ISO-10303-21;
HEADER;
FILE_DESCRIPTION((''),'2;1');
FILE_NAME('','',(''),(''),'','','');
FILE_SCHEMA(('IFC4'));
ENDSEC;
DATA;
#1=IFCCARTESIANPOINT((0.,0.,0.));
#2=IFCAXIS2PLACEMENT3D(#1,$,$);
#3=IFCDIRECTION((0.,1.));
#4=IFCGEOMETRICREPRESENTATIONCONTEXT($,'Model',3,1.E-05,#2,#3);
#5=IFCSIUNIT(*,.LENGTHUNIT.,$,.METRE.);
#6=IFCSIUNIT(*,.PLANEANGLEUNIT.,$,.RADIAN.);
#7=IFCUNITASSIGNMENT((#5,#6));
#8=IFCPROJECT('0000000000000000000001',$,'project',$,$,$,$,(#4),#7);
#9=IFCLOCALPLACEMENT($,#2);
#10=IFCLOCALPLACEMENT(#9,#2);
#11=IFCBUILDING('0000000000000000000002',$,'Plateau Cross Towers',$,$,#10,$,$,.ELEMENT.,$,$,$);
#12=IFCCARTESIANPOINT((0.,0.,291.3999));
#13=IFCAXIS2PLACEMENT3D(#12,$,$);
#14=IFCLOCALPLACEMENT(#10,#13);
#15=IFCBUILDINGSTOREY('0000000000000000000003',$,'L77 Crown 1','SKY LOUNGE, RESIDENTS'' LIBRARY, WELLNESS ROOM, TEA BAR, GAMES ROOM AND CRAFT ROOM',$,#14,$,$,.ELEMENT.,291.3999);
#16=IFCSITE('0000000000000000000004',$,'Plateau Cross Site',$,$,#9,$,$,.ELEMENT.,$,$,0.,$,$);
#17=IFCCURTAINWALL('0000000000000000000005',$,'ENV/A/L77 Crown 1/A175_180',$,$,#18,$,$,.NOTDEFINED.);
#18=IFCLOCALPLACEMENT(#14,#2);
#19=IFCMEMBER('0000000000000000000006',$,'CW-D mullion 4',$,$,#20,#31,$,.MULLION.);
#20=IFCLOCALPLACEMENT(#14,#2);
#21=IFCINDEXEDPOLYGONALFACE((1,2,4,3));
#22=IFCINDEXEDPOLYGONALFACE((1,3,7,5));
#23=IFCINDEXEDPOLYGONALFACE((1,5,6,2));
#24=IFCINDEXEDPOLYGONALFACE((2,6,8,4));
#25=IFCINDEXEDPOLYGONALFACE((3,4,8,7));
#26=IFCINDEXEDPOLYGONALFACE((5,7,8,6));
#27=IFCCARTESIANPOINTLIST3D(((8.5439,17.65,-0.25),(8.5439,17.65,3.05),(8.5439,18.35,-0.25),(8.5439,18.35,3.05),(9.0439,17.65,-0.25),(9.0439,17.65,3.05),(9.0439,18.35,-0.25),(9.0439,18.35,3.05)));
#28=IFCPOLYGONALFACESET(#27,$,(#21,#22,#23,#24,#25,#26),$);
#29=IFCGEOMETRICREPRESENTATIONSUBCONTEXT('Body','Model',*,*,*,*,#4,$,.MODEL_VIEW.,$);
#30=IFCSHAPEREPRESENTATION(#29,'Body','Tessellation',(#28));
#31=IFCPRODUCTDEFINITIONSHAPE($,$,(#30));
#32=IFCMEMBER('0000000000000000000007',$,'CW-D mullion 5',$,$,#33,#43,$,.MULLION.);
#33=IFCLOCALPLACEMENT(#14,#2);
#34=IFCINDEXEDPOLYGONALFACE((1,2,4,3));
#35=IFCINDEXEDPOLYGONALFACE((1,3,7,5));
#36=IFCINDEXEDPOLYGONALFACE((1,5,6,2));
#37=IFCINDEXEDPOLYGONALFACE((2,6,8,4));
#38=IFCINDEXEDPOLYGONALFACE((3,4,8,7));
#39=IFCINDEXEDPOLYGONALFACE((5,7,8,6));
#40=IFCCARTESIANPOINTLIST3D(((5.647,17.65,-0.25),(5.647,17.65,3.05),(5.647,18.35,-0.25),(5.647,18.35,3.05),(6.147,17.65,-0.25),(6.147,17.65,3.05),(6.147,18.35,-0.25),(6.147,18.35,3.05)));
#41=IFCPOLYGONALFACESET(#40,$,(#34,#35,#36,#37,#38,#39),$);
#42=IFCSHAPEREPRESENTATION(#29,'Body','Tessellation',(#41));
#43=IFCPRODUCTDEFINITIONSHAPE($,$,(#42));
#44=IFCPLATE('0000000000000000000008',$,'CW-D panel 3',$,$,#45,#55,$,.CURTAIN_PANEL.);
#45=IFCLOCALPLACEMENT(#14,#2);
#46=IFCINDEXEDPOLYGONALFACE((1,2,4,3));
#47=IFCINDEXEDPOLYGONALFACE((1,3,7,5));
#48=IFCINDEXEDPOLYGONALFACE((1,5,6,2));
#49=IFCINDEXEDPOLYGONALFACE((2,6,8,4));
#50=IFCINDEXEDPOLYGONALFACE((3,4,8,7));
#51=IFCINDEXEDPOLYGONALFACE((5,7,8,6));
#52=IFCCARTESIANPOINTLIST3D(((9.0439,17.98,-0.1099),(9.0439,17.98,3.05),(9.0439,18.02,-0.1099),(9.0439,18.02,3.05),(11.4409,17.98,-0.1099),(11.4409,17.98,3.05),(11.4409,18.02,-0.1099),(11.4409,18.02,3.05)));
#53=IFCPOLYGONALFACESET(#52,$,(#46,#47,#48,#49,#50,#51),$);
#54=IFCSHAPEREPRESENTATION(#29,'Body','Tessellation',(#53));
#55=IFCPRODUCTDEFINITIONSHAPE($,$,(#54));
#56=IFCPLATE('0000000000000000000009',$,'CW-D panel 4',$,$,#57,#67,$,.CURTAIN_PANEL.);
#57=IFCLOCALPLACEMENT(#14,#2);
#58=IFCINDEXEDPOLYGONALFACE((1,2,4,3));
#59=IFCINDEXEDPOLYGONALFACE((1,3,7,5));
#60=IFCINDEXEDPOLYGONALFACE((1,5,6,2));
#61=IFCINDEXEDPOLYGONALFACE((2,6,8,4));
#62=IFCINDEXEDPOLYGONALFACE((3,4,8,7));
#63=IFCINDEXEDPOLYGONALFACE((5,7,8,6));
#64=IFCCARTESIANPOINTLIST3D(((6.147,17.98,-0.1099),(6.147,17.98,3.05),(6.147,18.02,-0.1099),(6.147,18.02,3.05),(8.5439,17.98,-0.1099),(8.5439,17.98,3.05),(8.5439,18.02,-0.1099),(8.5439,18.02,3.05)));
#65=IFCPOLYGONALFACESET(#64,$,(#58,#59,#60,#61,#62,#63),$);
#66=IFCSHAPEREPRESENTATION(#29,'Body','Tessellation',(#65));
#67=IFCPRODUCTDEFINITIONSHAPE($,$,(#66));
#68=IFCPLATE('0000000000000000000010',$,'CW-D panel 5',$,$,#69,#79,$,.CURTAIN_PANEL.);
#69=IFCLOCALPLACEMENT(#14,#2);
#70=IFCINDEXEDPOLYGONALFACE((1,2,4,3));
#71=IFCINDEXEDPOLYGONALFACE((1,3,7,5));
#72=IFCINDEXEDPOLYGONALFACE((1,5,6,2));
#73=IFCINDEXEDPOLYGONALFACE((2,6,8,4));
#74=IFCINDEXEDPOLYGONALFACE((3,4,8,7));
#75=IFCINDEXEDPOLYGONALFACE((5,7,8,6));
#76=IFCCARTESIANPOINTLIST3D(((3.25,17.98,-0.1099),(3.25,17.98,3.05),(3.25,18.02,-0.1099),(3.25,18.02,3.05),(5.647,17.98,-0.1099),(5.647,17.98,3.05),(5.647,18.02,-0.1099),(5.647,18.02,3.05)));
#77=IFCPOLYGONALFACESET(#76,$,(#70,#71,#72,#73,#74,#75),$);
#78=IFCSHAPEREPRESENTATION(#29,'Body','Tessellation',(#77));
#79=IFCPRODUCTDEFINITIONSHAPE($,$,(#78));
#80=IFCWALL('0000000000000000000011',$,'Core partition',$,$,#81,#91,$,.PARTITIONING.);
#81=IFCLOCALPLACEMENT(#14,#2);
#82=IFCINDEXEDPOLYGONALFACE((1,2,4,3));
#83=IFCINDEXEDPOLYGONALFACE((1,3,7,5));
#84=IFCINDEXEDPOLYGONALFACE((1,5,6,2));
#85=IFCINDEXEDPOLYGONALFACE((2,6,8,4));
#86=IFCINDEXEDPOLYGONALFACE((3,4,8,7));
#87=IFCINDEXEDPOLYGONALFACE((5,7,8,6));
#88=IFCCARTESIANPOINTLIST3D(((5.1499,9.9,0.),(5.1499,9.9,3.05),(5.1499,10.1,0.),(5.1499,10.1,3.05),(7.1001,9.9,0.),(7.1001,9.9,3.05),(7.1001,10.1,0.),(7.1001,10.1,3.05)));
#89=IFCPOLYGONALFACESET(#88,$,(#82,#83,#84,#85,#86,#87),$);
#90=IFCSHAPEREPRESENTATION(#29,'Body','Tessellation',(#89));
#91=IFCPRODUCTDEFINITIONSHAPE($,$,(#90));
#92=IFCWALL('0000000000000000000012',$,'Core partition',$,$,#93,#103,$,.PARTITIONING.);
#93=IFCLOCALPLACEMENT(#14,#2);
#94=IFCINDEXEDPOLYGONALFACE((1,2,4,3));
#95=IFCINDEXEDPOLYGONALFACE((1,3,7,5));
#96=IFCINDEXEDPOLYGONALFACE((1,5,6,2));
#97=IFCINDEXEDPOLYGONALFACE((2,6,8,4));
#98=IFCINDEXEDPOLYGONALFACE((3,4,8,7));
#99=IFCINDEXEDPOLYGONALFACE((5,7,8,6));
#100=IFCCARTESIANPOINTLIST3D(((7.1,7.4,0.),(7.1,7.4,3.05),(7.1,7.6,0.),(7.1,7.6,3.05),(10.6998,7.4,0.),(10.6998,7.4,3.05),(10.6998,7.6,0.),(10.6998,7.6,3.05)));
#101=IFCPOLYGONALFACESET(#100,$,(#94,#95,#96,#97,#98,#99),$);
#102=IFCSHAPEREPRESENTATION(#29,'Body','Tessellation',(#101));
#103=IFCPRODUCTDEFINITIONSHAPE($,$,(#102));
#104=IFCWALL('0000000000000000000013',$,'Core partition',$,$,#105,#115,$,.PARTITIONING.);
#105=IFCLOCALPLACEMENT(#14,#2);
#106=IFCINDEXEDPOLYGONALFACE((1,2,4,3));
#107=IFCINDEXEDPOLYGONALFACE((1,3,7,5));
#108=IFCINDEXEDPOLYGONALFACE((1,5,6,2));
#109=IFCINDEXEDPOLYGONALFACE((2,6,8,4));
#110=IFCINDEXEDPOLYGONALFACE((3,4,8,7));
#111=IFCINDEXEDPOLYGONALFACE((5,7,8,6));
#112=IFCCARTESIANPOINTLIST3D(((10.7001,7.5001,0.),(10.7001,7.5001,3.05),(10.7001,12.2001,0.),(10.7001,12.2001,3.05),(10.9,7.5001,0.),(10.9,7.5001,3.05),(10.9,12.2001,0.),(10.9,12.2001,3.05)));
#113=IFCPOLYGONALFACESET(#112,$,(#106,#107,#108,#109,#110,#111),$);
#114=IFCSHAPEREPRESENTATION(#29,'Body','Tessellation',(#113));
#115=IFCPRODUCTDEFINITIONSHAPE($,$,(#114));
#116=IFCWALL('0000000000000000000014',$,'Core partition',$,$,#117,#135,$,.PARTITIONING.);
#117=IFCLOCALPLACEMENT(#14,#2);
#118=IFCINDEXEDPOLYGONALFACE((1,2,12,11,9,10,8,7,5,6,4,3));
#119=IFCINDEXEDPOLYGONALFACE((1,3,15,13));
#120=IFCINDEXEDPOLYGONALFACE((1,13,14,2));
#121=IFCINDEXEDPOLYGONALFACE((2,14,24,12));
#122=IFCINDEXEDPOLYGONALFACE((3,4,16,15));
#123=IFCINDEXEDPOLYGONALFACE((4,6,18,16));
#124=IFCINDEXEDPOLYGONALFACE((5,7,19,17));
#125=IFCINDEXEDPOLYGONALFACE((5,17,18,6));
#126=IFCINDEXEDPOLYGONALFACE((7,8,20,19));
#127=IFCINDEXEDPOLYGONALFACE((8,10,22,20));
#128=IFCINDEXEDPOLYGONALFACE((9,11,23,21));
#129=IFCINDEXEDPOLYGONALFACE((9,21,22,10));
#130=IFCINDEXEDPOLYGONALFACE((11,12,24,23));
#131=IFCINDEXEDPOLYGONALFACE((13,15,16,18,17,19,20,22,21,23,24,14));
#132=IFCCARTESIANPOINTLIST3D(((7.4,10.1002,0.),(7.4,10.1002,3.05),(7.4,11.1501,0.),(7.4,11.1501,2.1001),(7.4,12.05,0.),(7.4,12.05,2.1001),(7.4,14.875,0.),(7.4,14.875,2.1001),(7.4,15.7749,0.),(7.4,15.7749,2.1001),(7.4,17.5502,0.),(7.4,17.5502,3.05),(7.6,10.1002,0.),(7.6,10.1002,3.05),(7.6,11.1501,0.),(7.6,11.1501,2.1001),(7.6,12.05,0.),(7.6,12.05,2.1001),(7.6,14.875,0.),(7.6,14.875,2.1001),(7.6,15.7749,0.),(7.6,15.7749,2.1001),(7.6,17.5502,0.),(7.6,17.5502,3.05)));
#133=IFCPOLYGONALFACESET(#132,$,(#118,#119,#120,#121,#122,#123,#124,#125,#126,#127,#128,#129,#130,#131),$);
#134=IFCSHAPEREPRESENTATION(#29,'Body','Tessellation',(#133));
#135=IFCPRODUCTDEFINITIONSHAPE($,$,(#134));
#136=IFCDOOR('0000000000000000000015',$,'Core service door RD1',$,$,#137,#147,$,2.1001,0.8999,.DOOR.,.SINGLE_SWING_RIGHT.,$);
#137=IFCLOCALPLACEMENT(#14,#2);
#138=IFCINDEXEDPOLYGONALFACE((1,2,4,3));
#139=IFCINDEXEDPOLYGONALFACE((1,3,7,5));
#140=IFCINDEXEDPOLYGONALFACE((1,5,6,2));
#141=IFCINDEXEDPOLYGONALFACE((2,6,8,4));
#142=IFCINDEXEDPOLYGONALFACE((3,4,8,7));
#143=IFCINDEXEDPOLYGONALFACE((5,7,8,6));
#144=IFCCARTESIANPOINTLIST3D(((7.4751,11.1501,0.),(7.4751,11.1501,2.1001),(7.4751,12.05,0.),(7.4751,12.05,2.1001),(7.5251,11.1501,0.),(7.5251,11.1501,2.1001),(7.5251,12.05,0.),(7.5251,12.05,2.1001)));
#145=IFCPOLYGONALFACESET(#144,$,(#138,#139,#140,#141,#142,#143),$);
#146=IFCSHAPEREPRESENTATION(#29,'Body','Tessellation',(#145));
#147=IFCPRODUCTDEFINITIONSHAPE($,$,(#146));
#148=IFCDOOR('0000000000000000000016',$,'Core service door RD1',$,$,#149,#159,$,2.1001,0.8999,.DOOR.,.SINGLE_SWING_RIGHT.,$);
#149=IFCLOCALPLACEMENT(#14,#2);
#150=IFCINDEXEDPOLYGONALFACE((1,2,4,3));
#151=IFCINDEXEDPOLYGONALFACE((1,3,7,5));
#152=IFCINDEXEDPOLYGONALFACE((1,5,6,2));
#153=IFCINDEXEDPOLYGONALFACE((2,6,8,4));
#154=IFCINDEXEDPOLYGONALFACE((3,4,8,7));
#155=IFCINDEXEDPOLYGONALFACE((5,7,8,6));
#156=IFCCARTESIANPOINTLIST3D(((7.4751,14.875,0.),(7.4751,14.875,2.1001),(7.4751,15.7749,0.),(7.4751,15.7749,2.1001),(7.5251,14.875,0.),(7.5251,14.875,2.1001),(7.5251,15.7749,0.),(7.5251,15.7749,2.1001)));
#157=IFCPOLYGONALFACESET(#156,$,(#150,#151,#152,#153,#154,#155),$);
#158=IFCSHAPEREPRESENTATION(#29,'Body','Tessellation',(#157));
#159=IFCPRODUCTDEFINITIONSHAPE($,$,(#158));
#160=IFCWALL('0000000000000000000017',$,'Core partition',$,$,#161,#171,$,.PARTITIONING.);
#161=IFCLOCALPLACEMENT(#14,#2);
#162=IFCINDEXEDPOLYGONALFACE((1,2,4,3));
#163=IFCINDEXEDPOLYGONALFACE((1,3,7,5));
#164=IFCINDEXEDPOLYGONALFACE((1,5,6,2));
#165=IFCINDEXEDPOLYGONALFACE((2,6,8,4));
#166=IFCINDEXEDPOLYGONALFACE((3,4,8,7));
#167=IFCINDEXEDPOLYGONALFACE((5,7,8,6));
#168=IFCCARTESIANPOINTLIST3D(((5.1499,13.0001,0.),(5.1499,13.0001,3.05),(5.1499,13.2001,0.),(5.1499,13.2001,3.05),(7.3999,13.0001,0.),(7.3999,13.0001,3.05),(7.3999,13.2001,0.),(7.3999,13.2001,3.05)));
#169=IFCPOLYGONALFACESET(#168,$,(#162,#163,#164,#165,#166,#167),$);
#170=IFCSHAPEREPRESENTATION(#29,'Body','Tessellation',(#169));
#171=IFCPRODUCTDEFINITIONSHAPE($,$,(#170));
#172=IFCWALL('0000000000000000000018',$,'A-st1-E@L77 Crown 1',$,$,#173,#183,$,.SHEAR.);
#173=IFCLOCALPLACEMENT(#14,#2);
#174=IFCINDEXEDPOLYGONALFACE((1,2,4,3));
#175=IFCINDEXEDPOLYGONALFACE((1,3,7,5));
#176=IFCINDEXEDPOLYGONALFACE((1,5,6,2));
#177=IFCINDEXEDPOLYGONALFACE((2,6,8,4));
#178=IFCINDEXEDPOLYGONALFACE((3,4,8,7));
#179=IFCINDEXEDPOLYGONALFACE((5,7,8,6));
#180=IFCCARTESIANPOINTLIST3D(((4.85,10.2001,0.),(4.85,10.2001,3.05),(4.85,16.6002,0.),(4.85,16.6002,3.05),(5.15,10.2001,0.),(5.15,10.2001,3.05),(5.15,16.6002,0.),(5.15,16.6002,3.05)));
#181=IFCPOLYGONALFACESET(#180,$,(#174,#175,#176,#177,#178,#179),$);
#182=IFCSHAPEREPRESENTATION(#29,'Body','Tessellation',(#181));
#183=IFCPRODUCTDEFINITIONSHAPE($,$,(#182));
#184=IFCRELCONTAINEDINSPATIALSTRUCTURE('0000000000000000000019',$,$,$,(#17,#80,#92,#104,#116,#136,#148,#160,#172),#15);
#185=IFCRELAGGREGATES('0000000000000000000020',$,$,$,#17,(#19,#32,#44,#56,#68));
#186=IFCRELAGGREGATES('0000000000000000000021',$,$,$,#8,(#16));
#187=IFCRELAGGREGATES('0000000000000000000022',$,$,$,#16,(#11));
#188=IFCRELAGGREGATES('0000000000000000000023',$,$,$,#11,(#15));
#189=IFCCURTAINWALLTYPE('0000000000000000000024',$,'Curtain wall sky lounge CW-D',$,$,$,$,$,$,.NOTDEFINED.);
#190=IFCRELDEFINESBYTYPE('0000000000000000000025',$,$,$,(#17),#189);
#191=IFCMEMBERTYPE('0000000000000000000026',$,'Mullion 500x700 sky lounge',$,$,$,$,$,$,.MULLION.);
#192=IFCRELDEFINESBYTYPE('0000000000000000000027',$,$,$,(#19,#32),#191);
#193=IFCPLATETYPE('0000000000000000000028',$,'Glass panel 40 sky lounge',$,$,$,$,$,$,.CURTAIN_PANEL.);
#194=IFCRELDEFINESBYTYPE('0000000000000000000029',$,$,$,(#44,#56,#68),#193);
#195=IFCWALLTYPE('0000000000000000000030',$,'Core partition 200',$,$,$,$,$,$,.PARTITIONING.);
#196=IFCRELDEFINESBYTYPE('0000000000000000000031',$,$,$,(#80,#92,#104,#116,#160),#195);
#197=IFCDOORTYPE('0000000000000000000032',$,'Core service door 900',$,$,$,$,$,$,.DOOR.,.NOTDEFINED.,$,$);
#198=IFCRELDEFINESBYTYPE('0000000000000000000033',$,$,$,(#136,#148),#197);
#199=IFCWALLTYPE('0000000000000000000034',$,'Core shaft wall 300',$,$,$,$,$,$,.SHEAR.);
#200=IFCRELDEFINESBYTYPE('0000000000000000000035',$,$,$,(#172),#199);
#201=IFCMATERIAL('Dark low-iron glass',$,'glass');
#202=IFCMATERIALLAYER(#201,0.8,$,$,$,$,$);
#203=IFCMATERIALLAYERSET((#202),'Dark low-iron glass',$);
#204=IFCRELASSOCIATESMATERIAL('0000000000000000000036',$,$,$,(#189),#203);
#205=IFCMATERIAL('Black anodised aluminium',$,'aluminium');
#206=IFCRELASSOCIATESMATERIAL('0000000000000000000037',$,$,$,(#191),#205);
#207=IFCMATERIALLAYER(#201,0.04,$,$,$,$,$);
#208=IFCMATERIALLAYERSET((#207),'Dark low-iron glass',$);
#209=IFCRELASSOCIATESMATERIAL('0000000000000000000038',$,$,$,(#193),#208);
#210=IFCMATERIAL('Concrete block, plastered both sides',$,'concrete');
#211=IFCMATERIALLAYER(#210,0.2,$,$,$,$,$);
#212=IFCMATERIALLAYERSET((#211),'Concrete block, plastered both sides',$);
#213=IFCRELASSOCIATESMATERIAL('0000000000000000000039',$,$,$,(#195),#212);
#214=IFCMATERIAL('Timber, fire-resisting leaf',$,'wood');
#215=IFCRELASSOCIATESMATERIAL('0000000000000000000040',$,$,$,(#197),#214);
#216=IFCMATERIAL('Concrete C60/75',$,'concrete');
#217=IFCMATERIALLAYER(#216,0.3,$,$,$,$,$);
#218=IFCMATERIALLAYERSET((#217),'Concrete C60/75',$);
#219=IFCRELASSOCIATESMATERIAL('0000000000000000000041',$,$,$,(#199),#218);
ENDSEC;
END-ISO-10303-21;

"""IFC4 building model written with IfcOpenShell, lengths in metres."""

from ifc_helpers import new_model, si_unit, direction, frame, frame_2d, origin, origin_2d, place, context, subcontext, project, spatial, rectangle, extrude, material, layer, layer_set, material_profile, profile_set, type_object, element, fill, aggregate, save


model = new_model("IFC4")

# Units and contexts
model_context = context("Model", 3, precision=1e-05, world=origin(), true_north=direction((0.0, 1.0)))
body_context = subcontext(model_context, "Body", "Model", "MODEL_VIEW")
ifc_project = project(units=[si_unit("LENGTHUNIT", "METRE"), si_unit("PLANEANGLEUNIT", "RADIAN")], contexts=[model_context])

# Site, building, storey
site_placement = place(None, origin())
site = spatial("IfcSite", under=ifc_project, at=site_placement, Name="Plateau Cross Site", CompositionType="ELEMENT", RefElevation=0.0)
building_placement = place(site_placement, origin())
building = spatial("IfcBuilding", under=site, at=building_placement, Name="Plateau Cross Towers", CompositionType="ELEMENT")
storey_placement = place(building_placement, frame((0.0, 0.0, 291.3999)))
storey = spatial("IfcBuildingStorey", under=building, at=storey_placement, Name="L77 Crown 1", Description="SKY LOUNGE, RESIDENTS' LIBRARY, WELLNESS ROOM, TEA BAR, GAMES ROOM AND CRAFT ROOM", CompositionType="ELEMENT", Elevation=291.3999)

# Curtain wall, members, plates
ifc_material_1 = material(Name="Dark low-iron glass", Category="glass")
ifc_layer_1 = layer(ifc_material_1, 0.8)
ifc_layer_set_1 = layer_set([ifc_layer_1], Name="Dark low-iron glass")
curtain_wall_type = type_object("IfcCurtainWallType", Name="Curtain wall sky lounge CW-D", PredefinedType="NOTDEFINED", material=ifc_layer_set_1)
curtain_wall_placement = place(storey_placement, origin())
curtain_wall = element("IfcCurtainWall", 1, at=curtain_wall_placement, inside=storey, type_object=curtain_wall_type, Name="ENV/A/L77 Crown 1/A175_180", PredefinedType="NOTDEFINED")
ifc_material_2 = material(Name="Black anodised aluminium", Category="aluminium")
ifc_material_profile = material_profile(ifc_material_2, rectangle(XDim=0.5, YDim=0.7, at=origin_2d()), Name="MULLION 500x700")
ifc_profile_set = profile_set([ifc_material_profile], Name="Black anodised aluminium")
member_type = type_object("IfcMemberType", Name="Mullion 500x700 sky lounge", PredefinedType="MULLION", material=ifc_profile_set)
member_1_placement = place(storey_placement, frame((8.7939, 18.0, -0.25), z_axis=(0.0, 0.0, 1.0), x_axis=(-1.0, 0.0, 0.0)))
member_1 = element("IfcMember", 2, at=member_1_placement, type_object=member_type, Name="CW-D mullion 4", PredefinedType="MULLION", context=body_context, shape_type="SweptSolid", body=[
    extrude(rectangle(XDim=0.5, YDim=0.7, at=origin_2d()), origin(), (0.0, 0.0, 1.0), 3.3),
])
member_2_placement = place(storey_placement, frame((5.897, 18.0, -0.25), z_axis=(0.0, 0.0, 1.0), x_axis=(-1.0, 0.0, 0.0)))
member_2 = element("IfcMember", 3, at=member_2_placement, type_object=member_type, Name="CW-D mullion 5", PredefinedType="MULLION", context=body_context, shape_type="SweptSolid", body=[
    extrude(rectangle(XDim=0.5, YDim=0.7, at=origin_2d()), origin(), (0.0, 0.0, 1.0), 3.3),
])
ifc_layer_2 = layer(ifc_material_1, 0.04)
ifc_layer_set_2 = layer_set([ifc_layer_2], Name="Dark low-iron glass")
plate_type = type_object("IfcPlateType", Name="Glass panel 40 sky lounge", PredefinedType="CURTAIN_PANEL", material=ifc_layer_set_2)
plate_1_placement = place(storey_placement, frame((10.2424, 18.0, -0.1099), z_axis=(0.0, 0.0, 1.0), x_axis=(-1.0, 0.0, 0.0)))
plate_1 = element("IfcPlate", 4, at=plate_1_placement, type_object=plate_type, Name="CW-D panel 3", PredefinedType="CURTAIN_PANEL", context=body_context, shape_type="SweptSolid", body=[
    extrude(rectangle(XDim=2.397, YDim=0.04, at=origin_2d()), origin(), (0.0, 0.0, 1.0), 3.1599),
])
plate_2_placement = place(storey_placement, frame((7.3455, 18.0, -0.1099), z_axis=(0.0, 0.0, 1.0), x_axis=(-1.0, 0.0, 0.0)))
plate_2 = element("IfcPlate", 5, at=plate_2_placement, type_object=plate_type, Name="CW-D panel 4", PredefinedType="CURTAIN_PANEL", context=body_context, shape_type="SweptSolid", body=[
    extrude(rectangle(XDim=2.397, YDim=0.04, at=origin_2d()), origin(), (0.0, 0.0, 1.0), 3.1599),
])
plate_3_placement = place(storey_placement, frame((4.4485, 18.0, -0.1099), z_axis=(0.0, 0.0, 1.0), x_axis=(-1.0, 0.0, 0.0)))
plate_3 = element("IfcPlate", 6, at=plate_3_placement, type_object=plate_type, Name="CW-D panel 5", PredefinedType="CURTAIN_PANEL", context=body_context, shape_type="SweptSolid", body=[
    extrude(rectangle(XDim=2.397, YDim=0.04, at=origin_2d()), origin(), (0.0, 0.0, 1.0), 3.1599),
])
aggregate(curtain_wall, [member_1, member_2, plate_1, plate_2, plate_3])

# Walls
ifc_material_3 = material(Name="Concrete block, plastered both sides", Category="concrete")
ifc_layer_3 = layer(ifc_material_3, 0.2)
ifc_layer_set_3 = layer_set([ifc_layer_3], Name="Concrete block, plastered both sides")
wall_type_1 = type_object("IfcWallType", Name="Core partition 200", PredefinedType="PARTITIONING", material=ifc_layer_set_3)
wall_1_placement = place(storey_placement, frame((5.1499, 10.0, 0.0), z_axis=(0.0, 0.0, 1.0), x_axis=(1.0, 0.0, 0.0)))
element("IfcWall", 7, at=wall_1_placement, inside=storey, type_object=wall_type_1, Name="Core partition", PredefinedType="PARTITIONING", context=body_context, shape_type="SweptSolid", body=[
    extrude(rectangle(XDim=1.9502, YDim=0.2, at=frame_2d((0.9751, 0.0))), origin(), (0.0, 0.0, 1.0), 3.05),
])
wall_2_placement = place(storey_placement, frame((7.1001, 7.5, 0.0), z_axis=(0.0, 0.0, 1.0), x_axis=(1.0, 0.0, 0.0)))
element("IfcWall", 8, at=wall_2_placement, inside=storey, type_object=wall_type_1, Name="Core partition", PredefinedType="PARTITIONING", context=body_context, shape_type="SweptSolid", body=[
    extrude(rectangle(XDim=3.5999, YDim=0.2, at=frame_2d((1.7998, 0.0))), origin(), (0.0, 0.0, 1.0), 3.05),
])
wall_3_placement = place(storey_placement, frame((10.8, 7.5, 0.0), z_axis=(0.0, 0.0, 1.0), x_axis=(0.0, 1.0, 0.0)))
element("IfcWall", 9, at=wall_3_placement, inside=storey, type_object=wall_type_1, Name="Core partition", PredefinedType="PARTITIONING", context=body_context, shape_type="SweptSolid", body=[
    extrude(rectangle(XDim=4.7, YDim=0.2, at=frame_2d((2.3501, 0.0))), origin(), (0.0, 0.0, 1.0), 3.05),
])

# Wall, openings, doors
wall_4_placement = place(storey_placement, frame((7.5, 10.1001, 0.0), z_axis=(0.0, 0.0, 1.0), x_axis=(0.0, 1.0, 0.0)))
wall_4 = element("IfcWall", 10, at=wall_4_placement, inside=storey, type_object=wall_type_1, Name="Core partition", PredefinedType="PARTITIONING", context=body_context, shape_type="SweptSolid", body=[
    extrude(rectangle(XDim=7.45, YDim=0.2, at=frame_2d((3.7251, 0.0))), origin(), (0.0, 0.0, 1.0), 3.05),
])
opening_1_placement = place(wall_4_placement, frame((1.05, 0.0, 0.0)))
opening_1 = element("IfcOpeningElement", 11, at=opening_1_placement, cuts=wall_4, PredefinedType="OPENING", context=body_context, shape_type="SweptSolid", body=[
    extrude(rectangle(XDim=0.8999, YDim=2.1001, at=frame_2d((0.45, 1.05))), frame((0.0, 0.1099, 0.0), z_axis=(0.0, -1.0, 0.0), x_axis=(1.0, 0.0, 0.0)), (0.0, 0.0, 1.0), 0.22),
])
opening_2_placement = place(wall_4_placement, frame((4.7749, 0.0, 0.0)))
opening_2 = element("IfcOpeningElement", 12, at=opening_2_placement, cuts=wall_4, PredefinedType="OPENING", context=body_context, shape_type="SweptSolid", body=[
    extrude(rectangle(XDim=0.8999, YDim=2.1001, at=frame_2d((0.45, 1.05))), frame((0.0, 0.1099, 0.0), z_axis=(0.0, -1.0, 0.0), x_axis=(1.0, 0.0, 0.0)), (0.0, 0.0, 1.0), 0.22),
])
ifc_material_4 = material(Name="Timber, fire-resisting leaf", Category="wood")
door_type = type_object("IfcDoorType", Name="Core service door 900", OperationType="NOTDEFINED", PredefinedType="DOOR", material=ifc_material_4)
door_1_placement = place(opening_1_placement, origin())
door_1 = element("IfcDoor", 13, at=door_1_placement, inside=storey, type_object=door_type, Name="Core service door RD1", OperationType="SINGLE_SWING_RIGHT", OverallHeight=2.1001, OverallWidth=0.8999, PredefinedType="DOOR", context=body_context, shape_type="SweptSolid", body=[
    extrude(rectangle(XDim=0.8999, YDim=2.1001, at=frame_2d((0.45, 1.05))), frame((0.0, 0.0249, 0.0), z_axis=(0.0, -1.0, 0.0), x_axis=(1.0, 0.0, 0.0)), (0.0, 0.0, 1.0), 0.05),
])
fill(opening_1, door_1)
door_2_placement = place(opening_2_placement, origin())
door_2 = element("IfcDoor", 14, at=door_2_placement, inside=storey, type_object=door_type, Name="Core service door RD1", OperationType="SINGLE_SWING_RIGHT", OverallHeight=2.1001, OverallWidth=0.8999, PredefinedType="DOOR", context=body_context, shape_type="SweptSolid", body=[
    extrude(rectangle(XDim=0.8999, YDim=2.1001, at=frame_2d((0.45, 1.05))), frame((0.0, 0.0249, 0.0), z_axis=(0.0, -1.0, 0.0), x_axis=(1.0, 0.0, 0.0)), (0.0, 0.0, 1.0), 0.05),
])
fill(opening_2, door_2)

# Walls
wall_5_placement = place(storey_placement, frame((5.1499, 13.1001, 0.0), z_axis=(0.0, 0.0, 1.0), x_axis=(1.0, 0.0, 0.0)))
element("IfcWall", 15, at=wall_5_placement, inside=storey, type_object=wall_type_1, Name="Core partition", PredefinedType="PARTITIONING", context=body_context, shape_type="SweptSolid", body=[
    extrude(rectangle(XDim=2.25, YDim=0.2, at=frame_2d((1.125, 0.0))), origin(), (0.0, 0.0, 1.0), 3.05),
])
ifc_material_5 = material(Name="Concrete C60/75", Category="concrete")
ifc_layer_4 = layer(ifc_material_5, 0.3)
ifc_layer_set_4 = layer_set([ifc_layer_4], Name="Concrete C60/75")
wall_type_2 = type_object("IfcWallType", Name="Core shaft wall 300", PredefinedType="SHEAR", material=ifc_layer_set_4)
wall_6_placement = place(storey_placement, frame((5.0, 10.2, 0.0), z_axis=(0.0, 0.0, 1.0), x_axis=(0.0, 1.0, 0.0)))
element("IfcWall", 16, at=wall_6_placement, inside=storey, type_object=wall_type_2, Name="A-st1-E@L77 Crown 1", PredefinedType="SHEAR", context=body_context, shape_type="SweptSolid", body=[
    extrude(rectangle(XDim=6.4001, YDim=0.3, at=frame_2d((3.2002, 0.0))), origin(), (0.0, 0.0, 1.0), 3.05),
])

save(model, "model.ifc")
